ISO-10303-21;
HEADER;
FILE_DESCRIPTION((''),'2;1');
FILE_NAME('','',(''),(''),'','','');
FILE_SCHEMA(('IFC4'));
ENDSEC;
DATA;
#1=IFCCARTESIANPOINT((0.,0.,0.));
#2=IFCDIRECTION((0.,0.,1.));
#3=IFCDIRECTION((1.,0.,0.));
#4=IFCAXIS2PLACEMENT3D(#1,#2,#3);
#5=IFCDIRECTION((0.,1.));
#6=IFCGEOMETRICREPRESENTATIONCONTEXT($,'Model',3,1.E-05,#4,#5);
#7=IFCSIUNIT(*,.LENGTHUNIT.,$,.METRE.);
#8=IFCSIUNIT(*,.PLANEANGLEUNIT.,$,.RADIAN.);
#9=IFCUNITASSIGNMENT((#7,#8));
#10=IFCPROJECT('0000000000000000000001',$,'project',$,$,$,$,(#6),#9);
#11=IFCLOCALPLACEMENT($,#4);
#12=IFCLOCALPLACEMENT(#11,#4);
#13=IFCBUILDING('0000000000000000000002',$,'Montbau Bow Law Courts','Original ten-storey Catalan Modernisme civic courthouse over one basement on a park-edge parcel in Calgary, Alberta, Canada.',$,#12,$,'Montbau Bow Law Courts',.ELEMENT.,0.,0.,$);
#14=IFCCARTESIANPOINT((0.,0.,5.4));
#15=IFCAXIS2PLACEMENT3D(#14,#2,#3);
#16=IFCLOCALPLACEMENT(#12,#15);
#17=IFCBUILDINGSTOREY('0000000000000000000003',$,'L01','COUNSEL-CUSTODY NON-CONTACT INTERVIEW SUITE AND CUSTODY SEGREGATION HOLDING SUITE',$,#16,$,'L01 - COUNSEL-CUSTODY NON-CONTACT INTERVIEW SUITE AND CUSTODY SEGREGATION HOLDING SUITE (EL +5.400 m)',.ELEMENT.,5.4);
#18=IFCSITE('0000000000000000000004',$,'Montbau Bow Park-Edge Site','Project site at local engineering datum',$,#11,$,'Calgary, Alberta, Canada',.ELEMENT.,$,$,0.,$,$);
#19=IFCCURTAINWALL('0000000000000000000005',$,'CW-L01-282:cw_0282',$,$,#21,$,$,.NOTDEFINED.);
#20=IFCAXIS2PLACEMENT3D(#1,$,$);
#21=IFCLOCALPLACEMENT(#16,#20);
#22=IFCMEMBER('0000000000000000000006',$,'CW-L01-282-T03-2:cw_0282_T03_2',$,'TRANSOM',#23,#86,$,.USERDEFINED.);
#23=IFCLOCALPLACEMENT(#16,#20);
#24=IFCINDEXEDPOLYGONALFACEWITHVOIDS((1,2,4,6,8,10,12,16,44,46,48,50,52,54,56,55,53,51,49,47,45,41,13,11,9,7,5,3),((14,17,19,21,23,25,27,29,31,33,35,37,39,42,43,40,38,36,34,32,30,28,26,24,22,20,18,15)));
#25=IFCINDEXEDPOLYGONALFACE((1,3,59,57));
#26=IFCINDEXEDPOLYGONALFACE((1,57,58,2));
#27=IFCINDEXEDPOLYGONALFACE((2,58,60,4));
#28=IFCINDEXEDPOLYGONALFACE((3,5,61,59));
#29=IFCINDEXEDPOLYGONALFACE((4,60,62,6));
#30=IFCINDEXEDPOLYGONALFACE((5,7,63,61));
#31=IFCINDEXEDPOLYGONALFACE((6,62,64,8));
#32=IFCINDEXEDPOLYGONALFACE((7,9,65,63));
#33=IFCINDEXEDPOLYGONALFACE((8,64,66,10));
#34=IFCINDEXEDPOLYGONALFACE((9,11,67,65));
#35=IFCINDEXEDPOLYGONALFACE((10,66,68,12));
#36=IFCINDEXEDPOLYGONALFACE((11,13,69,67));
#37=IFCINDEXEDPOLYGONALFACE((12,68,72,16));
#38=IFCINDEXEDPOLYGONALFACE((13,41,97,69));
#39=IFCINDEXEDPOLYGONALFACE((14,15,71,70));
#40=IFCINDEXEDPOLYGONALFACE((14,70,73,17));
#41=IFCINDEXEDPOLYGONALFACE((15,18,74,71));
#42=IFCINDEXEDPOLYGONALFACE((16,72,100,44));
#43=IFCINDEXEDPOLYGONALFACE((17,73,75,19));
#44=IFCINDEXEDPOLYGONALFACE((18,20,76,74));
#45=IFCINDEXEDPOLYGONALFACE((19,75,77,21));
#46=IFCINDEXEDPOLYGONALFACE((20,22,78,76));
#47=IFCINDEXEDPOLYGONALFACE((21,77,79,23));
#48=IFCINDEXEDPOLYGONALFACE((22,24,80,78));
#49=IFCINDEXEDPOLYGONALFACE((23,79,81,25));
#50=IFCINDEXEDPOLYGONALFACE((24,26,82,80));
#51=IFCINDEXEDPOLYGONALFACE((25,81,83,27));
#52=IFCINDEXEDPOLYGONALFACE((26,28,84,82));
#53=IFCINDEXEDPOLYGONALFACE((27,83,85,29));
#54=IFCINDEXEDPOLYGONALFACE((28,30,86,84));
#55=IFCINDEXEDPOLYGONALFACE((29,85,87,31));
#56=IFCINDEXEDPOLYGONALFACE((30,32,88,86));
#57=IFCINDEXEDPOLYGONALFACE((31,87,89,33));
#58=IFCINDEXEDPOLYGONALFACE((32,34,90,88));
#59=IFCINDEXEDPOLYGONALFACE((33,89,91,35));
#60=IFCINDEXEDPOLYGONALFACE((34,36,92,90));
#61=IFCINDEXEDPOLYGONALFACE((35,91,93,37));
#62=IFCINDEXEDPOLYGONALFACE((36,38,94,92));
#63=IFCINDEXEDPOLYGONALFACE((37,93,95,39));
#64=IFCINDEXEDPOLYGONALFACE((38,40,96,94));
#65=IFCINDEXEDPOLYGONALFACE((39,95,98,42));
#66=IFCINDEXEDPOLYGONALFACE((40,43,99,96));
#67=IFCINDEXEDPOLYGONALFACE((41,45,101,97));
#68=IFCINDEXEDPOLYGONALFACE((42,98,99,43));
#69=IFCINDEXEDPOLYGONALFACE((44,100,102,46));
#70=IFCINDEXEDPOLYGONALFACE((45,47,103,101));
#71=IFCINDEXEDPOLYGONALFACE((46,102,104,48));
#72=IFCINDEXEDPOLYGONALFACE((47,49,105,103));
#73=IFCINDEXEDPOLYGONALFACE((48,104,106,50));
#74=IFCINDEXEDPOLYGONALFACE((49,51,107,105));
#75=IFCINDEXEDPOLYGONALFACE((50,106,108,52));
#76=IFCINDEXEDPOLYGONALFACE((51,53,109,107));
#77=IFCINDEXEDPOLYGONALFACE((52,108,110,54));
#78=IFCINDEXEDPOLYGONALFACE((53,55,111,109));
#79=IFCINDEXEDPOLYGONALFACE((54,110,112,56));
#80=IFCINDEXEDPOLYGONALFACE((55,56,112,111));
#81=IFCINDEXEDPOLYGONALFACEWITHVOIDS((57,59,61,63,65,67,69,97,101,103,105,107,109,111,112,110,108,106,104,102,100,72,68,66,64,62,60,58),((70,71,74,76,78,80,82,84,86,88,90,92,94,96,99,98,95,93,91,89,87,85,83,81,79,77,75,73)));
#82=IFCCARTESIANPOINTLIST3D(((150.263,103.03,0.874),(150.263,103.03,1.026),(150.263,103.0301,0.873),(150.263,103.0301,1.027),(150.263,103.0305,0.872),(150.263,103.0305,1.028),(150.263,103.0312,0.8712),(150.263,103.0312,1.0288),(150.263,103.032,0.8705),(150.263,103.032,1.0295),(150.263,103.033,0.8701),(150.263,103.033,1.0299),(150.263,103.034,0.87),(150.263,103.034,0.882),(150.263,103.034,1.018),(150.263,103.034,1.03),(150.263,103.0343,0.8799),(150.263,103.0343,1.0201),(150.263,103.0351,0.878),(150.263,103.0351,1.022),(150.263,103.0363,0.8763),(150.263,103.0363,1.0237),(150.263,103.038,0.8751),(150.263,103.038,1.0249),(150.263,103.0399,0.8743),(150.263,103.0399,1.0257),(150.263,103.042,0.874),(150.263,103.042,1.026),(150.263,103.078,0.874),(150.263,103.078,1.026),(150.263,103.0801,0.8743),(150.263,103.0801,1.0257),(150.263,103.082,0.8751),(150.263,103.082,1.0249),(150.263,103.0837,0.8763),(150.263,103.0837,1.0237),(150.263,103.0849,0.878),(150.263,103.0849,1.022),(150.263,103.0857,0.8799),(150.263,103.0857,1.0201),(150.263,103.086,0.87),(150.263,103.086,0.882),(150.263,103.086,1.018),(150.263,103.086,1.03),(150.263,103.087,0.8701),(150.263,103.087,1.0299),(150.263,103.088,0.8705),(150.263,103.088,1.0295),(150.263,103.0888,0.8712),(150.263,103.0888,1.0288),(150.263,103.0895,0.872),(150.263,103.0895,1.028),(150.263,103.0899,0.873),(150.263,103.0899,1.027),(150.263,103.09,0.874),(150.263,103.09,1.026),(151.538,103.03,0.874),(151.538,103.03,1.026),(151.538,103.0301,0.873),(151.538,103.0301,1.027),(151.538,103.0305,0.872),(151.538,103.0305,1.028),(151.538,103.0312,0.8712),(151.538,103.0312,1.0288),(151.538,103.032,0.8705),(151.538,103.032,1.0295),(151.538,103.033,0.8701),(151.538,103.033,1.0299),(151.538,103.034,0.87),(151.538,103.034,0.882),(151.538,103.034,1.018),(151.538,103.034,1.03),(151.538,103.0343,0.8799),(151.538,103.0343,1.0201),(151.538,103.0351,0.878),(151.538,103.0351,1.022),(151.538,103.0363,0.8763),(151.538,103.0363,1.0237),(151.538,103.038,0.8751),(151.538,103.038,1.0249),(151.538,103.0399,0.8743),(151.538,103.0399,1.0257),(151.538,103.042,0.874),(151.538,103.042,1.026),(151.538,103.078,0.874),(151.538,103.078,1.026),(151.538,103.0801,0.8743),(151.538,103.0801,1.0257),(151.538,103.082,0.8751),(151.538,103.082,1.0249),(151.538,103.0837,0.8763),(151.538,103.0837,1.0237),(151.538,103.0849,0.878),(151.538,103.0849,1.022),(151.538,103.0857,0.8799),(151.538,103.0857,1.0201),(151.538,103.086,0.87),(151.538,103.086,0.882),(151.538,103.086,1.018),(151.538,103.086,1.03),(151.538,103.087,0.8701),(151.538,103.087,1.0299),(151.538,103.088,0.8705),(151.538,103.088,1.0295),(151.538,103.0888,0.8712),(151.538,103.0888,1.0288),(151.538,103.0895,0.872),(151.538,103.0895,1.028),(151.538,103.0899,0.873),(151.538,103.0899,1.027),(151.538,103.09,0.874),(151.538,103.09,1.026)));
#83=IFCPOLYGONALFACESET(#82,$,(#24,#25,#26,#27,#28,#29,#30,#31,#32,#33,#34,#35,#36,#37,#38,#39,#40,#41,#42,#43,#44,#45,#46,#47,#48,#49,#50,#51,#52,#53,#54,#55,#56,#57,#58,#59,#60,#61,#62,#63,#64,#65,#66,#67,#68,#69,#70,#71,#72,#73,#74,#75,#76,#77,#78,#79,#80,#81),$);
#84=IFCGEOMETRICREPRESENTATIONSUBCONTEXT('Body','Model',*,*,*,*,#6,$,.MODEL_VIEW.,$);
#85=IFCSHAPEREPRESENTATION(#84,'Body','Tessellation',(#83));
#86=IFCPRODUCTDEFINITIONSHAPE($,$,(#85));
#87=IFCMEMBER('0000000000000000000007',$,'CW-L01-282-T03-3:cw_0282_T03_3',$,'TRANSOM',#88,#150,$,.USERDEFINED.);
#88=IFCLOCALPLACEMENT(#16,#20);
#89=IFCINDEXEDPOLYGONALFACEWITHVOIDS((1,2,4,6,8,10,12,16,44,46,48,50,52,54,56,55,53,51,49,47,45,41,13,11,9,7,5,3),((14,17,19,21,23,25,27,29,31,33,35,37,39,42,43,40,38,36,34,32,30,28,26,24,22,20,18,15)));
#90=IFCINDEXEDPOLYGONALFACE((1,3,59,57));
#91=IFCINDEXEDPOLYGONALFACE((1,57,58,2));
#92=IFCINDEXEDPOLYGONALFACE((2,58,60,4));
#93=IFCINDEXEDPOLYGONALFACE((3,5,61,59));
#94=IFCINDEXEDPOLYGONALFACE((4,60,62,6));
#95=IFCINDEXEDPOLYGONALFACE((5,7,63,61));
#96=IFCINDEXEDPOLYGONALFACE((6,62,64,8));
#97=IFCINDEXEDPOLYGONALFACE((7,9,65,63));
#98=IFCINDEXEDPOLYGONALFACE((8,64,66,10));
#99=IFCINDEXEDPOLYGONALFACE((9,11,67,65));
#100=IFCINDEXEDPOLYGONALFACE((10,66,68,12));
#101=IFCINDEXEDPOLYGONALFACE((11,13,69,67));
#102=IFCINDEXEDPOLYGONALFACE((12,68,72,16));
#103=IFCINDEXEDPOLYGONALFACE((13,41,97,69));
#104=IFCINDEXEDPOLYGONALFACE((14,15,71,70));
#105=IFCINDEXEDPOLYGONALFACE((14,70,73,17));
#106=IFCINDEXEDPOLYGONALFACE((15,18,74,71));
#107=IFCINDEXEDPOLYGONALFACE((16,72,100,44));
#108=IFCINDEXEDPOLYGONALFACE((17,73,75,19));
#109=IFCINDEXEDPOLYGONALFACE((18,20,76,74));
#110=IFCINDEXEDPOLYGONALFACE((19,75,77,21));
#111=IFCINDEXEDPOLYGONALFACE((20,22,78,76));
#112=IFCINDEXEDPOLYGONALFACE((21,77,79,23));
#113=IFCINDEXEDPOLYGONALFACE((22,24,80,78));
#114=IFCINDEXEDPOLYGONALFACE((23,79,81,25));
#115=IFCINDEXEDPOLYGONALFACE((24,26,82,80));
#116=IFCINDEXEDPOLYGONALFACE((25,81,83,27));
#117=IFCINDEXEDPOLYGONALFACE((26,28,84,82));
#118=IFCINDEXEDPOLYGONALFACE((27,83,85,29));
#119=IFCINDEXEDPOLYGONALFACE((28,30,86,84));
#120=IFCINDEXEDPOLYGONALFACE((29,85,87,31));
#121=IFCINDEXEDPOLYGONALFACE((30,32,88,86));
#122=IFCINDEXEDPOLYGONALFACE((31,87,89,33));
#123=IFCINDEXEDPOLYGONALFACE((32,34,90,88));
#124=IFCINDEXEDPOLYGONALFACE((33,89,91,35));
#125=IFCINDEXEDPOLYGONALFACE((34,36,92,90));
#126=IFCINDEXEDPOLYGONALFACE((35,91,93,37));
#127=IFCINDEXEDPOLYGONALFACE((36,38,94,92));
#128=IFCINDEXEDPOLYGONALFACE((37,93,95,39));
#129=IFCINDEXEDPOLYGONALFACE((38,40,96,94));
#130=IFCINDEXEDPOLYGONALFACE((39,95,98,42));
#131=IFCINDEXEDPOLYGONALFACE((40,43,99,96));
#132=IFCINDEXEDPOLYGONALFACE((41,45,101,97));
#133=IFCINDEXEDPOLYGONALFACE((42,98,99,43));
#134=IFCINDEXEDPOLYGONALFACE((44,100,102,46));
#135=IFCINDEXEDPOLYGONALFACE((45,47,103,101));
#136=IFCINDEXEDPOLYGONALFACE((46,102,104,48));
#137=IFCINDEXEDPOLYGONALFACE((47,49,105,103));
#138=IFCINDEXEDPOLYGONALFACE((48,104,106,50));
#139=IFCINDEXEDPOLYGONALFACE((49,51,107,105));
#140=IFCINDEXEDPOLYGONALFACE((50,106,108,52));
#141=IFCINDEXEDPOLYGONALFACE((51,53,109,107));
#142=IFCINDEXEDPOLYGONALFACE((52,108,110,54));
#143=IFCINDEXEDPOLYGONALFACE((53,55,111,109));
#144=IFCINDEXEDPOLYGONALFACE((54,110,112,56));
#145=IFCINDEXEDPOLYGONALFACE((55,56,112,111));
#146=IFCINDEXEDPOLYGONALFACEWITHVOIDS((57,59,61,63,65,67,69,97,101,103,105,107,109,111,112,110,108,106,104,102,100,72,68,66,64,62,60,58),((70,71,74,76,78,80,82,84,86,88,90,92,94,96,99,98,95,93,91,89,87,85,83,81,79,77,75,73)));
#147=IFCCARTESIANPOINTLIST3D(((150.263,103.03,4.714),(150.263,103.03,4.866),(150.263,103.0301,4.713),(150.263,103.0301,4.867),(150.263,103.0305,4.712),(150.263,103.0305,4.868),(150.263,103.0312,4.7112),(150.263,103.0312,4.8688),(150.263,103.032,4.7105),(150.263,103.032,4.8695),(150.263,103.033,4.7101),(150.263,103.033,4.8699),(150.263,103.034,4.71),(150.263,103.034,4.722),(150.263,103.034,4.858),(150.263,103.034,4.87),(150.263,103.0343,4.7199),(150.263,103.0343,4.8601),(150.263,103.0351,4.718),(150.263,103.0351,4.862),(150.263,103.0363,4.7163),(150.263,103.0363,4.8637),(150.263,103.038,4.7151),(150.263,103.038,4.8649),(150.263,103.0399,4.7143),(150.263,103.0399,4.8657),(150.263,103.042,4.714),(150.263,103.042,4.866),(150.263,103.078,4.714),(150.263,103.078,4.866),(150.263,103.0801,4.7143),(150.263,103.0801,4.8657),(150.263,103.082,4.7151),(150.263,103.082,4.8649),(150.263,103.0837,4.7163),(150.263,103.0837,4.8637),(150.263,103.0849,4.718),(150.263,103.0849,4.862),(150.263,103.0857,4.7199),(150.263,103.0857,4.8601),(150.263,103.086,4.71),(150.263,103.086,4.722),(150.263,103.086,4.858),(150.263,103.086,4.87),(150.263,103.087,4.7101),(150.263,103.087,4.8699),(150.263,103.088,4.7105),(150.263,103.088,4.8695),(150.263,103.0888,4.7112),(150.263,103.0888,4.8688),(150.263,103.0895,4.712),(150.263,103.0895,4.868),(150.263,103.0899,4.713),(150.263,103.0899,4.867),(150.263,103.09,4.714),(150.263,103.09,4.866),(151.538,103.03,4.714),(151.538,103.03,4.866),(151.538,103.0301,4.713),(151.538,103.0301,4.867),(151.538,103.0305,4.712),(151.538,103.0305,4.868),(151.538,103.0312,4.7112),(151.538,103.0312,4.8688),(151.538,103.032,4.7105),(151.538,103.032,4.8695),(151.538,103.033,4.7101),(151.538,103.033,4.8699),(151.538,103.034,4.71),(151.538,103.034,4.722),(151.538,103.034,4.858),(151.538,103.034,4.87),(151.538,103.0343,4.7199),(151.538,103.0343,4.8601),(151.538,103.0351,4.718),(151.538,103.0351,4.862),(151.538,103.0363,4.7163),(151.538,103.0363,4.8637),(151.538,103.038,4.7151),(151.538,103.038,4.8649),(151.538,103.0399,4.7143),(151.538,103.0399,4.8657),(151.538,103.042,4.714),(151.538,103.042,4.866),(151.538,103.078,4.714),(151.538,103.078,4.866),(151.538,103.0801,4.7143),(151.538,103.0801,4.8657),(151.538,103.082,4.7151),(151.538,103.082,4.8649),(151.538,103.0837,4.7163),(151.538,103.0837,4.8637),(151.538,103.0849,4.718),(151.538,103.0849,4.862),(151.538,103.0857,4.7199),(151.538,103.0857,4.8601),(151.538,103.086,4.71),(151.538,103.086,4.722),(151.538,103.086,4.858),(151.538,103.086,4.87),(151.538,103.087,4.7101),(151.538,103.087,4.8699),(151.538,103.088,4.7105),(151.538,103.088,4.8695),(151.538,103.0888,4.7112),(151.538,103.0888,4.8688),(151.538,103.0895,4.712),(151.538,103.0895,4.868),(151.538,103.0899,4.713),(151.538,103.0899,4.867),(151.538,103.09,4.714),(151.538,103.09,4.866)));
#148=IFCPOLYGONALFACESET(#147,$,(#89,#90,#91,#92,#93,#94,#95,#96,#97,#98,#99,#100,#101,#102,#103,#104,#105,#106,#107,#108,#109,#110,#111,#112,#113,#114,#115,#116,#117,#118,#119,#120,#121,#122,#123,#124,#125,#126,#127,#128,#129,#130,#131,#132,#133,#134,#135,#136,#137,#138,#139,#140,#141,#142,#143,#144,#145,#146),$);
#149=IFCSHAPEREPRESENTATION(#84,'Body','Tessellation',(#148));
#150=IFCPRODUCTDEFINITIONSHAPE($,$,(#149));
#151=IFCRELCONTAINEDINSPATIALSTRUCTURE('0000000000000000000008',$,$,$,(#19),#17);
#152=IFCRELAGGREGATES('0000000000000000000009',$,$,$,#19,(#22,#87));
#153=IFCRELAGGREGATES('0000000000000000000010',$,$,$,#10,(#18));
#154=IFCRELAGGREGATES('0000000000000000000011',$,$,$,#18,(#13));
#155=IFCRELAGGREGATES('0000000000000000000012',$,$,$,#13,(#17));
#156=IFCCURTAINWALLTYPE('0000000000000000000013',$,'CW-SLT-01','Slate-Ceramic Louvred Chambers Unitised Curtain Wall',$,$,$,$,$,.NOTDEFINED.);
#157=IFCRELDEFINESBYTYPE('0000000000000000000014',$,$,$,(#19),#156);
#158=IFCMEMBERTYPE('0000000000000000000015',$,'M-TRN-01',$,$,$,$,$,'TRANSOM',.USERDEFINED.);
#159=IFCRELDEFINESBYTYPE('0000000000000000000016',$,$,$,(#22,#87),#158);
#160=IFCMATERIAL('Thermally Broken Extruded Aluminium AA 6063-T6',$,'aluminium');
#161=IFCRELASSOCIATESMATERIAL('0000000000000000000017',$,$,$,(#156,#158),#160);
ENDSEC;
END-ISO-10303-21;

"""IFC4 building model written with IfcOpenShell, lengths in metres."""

from ifc_helpers import new_model, si_unit, direction, frame, origin_with_axes, origin_2d_with_axis, place, context, subcontext, project, spatial, hollow_rectangle, extrude, material, material_profile, profile_set, type_object, element, aggregate, save


model = new_model("IFC4")

# Units and contexts
model_context = context("Model", 3, precision=1e-05, world=origin_with_axes(), true_north=direction((0.0, 1.0)))
body_context = subcontext(model_context, "Body", "Model", "MODEL_VIEW")
ifc_project = project(units=[si_unit("LENGTHUNIT", "METRE"), si_unit("PLANEANGLEUNIT", "RADIAN")], contexts=[model_context])

# Site, building, storey
site_placement = place(None, origin_with_axes())
site = spatial("IfcSite", under=ifc_project, at=site_placement, Name="Montbau Bow Park-Edge Site", Description="Project site at local engineering datum", LongName="Calgary, Alberta, Canada", CompositionType="ELEMENT", RefElevation=0.0)
building_placement = place(site_placement, origin_with_axes())
building = spatial("IfcBuilding", under=site, at=building_placement, Name="Montbau Bow Law Courts", Description="Original ten-storey Catalan Modernisme civic courthouse over one basement on a park-edge parcel in Calgary, Alberta, Canada.", LongName="Montbau Bow Law Courts", CompositionType="ELEMENT", ElevationOfRefHeight=0.0, ElevationOfTerrain=0.0)
storey_placement = place(building_placement, frame((0.0, 0.0, 5.4), z_axis=(0.0, 0.0, 1.0), x_axis=(1.0, 0.0, 0.0)))
storey = spatial("IfcBuildingStorey", under=building, at=storey_placement, Name="L01", Description="COUNSEL-CUSTODY NON-CONTACT INTERVIEW SUITE AND CUSTODY SEGREGATION HOLDING SUITE", LongName="L01 - COUNSEL-CUSTODY NON-CONTACT INTERVIEW SUITE AND CUSTODY SEGREGATION HOLDING SUITE (EL +5.400 m)", CompositionType="ELEMENT", Elevation=5.4)

# Curtain wall, members
ifc_material_1 = material(Name="Thermally Broken Extruded Aluminium AA 6063-T6", Category="aluminium")
curtain_wall_type = type_object("IfcCurtainWallType", Name="CW-SLT-01", Description="Slate-Ceramic Louvred Chambers Unitised Curtain Wall", PredefinedType="NOTDEFINED", material=ifc_material_1)
curtain_wall_placement = place(None, frame((147.515, 103.06, 5.4), z_axis=(0.0, 0.0, 1.0), x_axis=(1.0, 0.0, 0.0)))
curtain_wall = element("IfcCurtainWall", 1, at=curtain_wall_placement, inside=storey, type_object=curtain_wall_type, Name="CW-L01-282:cw_0282", PredefinedType="NOTDEFINED")
ifc_material_profile_1 = material_profile(ifc_material_1, hollow_rectangle(XDim=0.06, YDim=0.16, WallThickness=0.004, InnerFilletRadius=0.008, OuterFilletRadius=0.004, at=origin_2d_with_axis()), Name="CWT-160X60", Category="Main", Priority=0)
ifc_profile_set_1 = profile_set([ifc_material_profile_1], Name="Thermally Broken Extruded Aluminium AA 6063-T6")
member_type_1 = type_object("IfcMemberType", Name="M-TRN-01", ElementType="TRANSOM", PredefinedType="USERDEFINED", material=ifc_profile_set_1)
member_1_placement = place(None, frame((150.263, 103.06, 6.35), z_axis=(1.0, 0.0, 0.0), x_axis=(0.0, 1.0, 0.0)))
member_1 = element("IfcMember", 2, at=member_1_placement, type_object=member_type_1, Name="CW-L01-282-T03-2:cw_0282_T03_2", ObjectType="TRANSOM", PredefinedType="USERDEFINED", context=body_context, shape_type="SweptSolid", body=[
    extrude(hollow_rectangle(XDim=0.06, YDim=0.16, WallThickness=0.004, InnerFilletRadius=0.008, OuterFilletRadius=0.004, at=origin_2d_with_axis()), origin_with_axes(), (0.0, 0.0, 1.0), 1.275),
])
member_2_placement = place(None, frame((150.263, 103.06, 10.19), z_axis=(1.0, 0.0, 0.0), x_axis=(0.0, 1.0, 0.0)))
member_2 = element("IfcMember", 3, at=member_2_placement, type_object=member_type_1, Name="CW-L01-282-T03-3:cw_0282_T03_3", ObjectType="TRANSOM", PredefinedType="USERDEFINED", context=body_context, shape_type="SweptSolid", body=[
    extrude(hollow_rectangle(XDim=0.06, YDim=0.16, WallThickness=0.004, InnerFilletRadius=0.008, OuterFilletRadius=0.004, at=origin_2d_with_axis()), origin_with_axes(), (0.0, 0.0, 1.0), 1.275),
])
aggregate(curtain_wall, [member_1, member_2])

save(model, "model.ifc")
